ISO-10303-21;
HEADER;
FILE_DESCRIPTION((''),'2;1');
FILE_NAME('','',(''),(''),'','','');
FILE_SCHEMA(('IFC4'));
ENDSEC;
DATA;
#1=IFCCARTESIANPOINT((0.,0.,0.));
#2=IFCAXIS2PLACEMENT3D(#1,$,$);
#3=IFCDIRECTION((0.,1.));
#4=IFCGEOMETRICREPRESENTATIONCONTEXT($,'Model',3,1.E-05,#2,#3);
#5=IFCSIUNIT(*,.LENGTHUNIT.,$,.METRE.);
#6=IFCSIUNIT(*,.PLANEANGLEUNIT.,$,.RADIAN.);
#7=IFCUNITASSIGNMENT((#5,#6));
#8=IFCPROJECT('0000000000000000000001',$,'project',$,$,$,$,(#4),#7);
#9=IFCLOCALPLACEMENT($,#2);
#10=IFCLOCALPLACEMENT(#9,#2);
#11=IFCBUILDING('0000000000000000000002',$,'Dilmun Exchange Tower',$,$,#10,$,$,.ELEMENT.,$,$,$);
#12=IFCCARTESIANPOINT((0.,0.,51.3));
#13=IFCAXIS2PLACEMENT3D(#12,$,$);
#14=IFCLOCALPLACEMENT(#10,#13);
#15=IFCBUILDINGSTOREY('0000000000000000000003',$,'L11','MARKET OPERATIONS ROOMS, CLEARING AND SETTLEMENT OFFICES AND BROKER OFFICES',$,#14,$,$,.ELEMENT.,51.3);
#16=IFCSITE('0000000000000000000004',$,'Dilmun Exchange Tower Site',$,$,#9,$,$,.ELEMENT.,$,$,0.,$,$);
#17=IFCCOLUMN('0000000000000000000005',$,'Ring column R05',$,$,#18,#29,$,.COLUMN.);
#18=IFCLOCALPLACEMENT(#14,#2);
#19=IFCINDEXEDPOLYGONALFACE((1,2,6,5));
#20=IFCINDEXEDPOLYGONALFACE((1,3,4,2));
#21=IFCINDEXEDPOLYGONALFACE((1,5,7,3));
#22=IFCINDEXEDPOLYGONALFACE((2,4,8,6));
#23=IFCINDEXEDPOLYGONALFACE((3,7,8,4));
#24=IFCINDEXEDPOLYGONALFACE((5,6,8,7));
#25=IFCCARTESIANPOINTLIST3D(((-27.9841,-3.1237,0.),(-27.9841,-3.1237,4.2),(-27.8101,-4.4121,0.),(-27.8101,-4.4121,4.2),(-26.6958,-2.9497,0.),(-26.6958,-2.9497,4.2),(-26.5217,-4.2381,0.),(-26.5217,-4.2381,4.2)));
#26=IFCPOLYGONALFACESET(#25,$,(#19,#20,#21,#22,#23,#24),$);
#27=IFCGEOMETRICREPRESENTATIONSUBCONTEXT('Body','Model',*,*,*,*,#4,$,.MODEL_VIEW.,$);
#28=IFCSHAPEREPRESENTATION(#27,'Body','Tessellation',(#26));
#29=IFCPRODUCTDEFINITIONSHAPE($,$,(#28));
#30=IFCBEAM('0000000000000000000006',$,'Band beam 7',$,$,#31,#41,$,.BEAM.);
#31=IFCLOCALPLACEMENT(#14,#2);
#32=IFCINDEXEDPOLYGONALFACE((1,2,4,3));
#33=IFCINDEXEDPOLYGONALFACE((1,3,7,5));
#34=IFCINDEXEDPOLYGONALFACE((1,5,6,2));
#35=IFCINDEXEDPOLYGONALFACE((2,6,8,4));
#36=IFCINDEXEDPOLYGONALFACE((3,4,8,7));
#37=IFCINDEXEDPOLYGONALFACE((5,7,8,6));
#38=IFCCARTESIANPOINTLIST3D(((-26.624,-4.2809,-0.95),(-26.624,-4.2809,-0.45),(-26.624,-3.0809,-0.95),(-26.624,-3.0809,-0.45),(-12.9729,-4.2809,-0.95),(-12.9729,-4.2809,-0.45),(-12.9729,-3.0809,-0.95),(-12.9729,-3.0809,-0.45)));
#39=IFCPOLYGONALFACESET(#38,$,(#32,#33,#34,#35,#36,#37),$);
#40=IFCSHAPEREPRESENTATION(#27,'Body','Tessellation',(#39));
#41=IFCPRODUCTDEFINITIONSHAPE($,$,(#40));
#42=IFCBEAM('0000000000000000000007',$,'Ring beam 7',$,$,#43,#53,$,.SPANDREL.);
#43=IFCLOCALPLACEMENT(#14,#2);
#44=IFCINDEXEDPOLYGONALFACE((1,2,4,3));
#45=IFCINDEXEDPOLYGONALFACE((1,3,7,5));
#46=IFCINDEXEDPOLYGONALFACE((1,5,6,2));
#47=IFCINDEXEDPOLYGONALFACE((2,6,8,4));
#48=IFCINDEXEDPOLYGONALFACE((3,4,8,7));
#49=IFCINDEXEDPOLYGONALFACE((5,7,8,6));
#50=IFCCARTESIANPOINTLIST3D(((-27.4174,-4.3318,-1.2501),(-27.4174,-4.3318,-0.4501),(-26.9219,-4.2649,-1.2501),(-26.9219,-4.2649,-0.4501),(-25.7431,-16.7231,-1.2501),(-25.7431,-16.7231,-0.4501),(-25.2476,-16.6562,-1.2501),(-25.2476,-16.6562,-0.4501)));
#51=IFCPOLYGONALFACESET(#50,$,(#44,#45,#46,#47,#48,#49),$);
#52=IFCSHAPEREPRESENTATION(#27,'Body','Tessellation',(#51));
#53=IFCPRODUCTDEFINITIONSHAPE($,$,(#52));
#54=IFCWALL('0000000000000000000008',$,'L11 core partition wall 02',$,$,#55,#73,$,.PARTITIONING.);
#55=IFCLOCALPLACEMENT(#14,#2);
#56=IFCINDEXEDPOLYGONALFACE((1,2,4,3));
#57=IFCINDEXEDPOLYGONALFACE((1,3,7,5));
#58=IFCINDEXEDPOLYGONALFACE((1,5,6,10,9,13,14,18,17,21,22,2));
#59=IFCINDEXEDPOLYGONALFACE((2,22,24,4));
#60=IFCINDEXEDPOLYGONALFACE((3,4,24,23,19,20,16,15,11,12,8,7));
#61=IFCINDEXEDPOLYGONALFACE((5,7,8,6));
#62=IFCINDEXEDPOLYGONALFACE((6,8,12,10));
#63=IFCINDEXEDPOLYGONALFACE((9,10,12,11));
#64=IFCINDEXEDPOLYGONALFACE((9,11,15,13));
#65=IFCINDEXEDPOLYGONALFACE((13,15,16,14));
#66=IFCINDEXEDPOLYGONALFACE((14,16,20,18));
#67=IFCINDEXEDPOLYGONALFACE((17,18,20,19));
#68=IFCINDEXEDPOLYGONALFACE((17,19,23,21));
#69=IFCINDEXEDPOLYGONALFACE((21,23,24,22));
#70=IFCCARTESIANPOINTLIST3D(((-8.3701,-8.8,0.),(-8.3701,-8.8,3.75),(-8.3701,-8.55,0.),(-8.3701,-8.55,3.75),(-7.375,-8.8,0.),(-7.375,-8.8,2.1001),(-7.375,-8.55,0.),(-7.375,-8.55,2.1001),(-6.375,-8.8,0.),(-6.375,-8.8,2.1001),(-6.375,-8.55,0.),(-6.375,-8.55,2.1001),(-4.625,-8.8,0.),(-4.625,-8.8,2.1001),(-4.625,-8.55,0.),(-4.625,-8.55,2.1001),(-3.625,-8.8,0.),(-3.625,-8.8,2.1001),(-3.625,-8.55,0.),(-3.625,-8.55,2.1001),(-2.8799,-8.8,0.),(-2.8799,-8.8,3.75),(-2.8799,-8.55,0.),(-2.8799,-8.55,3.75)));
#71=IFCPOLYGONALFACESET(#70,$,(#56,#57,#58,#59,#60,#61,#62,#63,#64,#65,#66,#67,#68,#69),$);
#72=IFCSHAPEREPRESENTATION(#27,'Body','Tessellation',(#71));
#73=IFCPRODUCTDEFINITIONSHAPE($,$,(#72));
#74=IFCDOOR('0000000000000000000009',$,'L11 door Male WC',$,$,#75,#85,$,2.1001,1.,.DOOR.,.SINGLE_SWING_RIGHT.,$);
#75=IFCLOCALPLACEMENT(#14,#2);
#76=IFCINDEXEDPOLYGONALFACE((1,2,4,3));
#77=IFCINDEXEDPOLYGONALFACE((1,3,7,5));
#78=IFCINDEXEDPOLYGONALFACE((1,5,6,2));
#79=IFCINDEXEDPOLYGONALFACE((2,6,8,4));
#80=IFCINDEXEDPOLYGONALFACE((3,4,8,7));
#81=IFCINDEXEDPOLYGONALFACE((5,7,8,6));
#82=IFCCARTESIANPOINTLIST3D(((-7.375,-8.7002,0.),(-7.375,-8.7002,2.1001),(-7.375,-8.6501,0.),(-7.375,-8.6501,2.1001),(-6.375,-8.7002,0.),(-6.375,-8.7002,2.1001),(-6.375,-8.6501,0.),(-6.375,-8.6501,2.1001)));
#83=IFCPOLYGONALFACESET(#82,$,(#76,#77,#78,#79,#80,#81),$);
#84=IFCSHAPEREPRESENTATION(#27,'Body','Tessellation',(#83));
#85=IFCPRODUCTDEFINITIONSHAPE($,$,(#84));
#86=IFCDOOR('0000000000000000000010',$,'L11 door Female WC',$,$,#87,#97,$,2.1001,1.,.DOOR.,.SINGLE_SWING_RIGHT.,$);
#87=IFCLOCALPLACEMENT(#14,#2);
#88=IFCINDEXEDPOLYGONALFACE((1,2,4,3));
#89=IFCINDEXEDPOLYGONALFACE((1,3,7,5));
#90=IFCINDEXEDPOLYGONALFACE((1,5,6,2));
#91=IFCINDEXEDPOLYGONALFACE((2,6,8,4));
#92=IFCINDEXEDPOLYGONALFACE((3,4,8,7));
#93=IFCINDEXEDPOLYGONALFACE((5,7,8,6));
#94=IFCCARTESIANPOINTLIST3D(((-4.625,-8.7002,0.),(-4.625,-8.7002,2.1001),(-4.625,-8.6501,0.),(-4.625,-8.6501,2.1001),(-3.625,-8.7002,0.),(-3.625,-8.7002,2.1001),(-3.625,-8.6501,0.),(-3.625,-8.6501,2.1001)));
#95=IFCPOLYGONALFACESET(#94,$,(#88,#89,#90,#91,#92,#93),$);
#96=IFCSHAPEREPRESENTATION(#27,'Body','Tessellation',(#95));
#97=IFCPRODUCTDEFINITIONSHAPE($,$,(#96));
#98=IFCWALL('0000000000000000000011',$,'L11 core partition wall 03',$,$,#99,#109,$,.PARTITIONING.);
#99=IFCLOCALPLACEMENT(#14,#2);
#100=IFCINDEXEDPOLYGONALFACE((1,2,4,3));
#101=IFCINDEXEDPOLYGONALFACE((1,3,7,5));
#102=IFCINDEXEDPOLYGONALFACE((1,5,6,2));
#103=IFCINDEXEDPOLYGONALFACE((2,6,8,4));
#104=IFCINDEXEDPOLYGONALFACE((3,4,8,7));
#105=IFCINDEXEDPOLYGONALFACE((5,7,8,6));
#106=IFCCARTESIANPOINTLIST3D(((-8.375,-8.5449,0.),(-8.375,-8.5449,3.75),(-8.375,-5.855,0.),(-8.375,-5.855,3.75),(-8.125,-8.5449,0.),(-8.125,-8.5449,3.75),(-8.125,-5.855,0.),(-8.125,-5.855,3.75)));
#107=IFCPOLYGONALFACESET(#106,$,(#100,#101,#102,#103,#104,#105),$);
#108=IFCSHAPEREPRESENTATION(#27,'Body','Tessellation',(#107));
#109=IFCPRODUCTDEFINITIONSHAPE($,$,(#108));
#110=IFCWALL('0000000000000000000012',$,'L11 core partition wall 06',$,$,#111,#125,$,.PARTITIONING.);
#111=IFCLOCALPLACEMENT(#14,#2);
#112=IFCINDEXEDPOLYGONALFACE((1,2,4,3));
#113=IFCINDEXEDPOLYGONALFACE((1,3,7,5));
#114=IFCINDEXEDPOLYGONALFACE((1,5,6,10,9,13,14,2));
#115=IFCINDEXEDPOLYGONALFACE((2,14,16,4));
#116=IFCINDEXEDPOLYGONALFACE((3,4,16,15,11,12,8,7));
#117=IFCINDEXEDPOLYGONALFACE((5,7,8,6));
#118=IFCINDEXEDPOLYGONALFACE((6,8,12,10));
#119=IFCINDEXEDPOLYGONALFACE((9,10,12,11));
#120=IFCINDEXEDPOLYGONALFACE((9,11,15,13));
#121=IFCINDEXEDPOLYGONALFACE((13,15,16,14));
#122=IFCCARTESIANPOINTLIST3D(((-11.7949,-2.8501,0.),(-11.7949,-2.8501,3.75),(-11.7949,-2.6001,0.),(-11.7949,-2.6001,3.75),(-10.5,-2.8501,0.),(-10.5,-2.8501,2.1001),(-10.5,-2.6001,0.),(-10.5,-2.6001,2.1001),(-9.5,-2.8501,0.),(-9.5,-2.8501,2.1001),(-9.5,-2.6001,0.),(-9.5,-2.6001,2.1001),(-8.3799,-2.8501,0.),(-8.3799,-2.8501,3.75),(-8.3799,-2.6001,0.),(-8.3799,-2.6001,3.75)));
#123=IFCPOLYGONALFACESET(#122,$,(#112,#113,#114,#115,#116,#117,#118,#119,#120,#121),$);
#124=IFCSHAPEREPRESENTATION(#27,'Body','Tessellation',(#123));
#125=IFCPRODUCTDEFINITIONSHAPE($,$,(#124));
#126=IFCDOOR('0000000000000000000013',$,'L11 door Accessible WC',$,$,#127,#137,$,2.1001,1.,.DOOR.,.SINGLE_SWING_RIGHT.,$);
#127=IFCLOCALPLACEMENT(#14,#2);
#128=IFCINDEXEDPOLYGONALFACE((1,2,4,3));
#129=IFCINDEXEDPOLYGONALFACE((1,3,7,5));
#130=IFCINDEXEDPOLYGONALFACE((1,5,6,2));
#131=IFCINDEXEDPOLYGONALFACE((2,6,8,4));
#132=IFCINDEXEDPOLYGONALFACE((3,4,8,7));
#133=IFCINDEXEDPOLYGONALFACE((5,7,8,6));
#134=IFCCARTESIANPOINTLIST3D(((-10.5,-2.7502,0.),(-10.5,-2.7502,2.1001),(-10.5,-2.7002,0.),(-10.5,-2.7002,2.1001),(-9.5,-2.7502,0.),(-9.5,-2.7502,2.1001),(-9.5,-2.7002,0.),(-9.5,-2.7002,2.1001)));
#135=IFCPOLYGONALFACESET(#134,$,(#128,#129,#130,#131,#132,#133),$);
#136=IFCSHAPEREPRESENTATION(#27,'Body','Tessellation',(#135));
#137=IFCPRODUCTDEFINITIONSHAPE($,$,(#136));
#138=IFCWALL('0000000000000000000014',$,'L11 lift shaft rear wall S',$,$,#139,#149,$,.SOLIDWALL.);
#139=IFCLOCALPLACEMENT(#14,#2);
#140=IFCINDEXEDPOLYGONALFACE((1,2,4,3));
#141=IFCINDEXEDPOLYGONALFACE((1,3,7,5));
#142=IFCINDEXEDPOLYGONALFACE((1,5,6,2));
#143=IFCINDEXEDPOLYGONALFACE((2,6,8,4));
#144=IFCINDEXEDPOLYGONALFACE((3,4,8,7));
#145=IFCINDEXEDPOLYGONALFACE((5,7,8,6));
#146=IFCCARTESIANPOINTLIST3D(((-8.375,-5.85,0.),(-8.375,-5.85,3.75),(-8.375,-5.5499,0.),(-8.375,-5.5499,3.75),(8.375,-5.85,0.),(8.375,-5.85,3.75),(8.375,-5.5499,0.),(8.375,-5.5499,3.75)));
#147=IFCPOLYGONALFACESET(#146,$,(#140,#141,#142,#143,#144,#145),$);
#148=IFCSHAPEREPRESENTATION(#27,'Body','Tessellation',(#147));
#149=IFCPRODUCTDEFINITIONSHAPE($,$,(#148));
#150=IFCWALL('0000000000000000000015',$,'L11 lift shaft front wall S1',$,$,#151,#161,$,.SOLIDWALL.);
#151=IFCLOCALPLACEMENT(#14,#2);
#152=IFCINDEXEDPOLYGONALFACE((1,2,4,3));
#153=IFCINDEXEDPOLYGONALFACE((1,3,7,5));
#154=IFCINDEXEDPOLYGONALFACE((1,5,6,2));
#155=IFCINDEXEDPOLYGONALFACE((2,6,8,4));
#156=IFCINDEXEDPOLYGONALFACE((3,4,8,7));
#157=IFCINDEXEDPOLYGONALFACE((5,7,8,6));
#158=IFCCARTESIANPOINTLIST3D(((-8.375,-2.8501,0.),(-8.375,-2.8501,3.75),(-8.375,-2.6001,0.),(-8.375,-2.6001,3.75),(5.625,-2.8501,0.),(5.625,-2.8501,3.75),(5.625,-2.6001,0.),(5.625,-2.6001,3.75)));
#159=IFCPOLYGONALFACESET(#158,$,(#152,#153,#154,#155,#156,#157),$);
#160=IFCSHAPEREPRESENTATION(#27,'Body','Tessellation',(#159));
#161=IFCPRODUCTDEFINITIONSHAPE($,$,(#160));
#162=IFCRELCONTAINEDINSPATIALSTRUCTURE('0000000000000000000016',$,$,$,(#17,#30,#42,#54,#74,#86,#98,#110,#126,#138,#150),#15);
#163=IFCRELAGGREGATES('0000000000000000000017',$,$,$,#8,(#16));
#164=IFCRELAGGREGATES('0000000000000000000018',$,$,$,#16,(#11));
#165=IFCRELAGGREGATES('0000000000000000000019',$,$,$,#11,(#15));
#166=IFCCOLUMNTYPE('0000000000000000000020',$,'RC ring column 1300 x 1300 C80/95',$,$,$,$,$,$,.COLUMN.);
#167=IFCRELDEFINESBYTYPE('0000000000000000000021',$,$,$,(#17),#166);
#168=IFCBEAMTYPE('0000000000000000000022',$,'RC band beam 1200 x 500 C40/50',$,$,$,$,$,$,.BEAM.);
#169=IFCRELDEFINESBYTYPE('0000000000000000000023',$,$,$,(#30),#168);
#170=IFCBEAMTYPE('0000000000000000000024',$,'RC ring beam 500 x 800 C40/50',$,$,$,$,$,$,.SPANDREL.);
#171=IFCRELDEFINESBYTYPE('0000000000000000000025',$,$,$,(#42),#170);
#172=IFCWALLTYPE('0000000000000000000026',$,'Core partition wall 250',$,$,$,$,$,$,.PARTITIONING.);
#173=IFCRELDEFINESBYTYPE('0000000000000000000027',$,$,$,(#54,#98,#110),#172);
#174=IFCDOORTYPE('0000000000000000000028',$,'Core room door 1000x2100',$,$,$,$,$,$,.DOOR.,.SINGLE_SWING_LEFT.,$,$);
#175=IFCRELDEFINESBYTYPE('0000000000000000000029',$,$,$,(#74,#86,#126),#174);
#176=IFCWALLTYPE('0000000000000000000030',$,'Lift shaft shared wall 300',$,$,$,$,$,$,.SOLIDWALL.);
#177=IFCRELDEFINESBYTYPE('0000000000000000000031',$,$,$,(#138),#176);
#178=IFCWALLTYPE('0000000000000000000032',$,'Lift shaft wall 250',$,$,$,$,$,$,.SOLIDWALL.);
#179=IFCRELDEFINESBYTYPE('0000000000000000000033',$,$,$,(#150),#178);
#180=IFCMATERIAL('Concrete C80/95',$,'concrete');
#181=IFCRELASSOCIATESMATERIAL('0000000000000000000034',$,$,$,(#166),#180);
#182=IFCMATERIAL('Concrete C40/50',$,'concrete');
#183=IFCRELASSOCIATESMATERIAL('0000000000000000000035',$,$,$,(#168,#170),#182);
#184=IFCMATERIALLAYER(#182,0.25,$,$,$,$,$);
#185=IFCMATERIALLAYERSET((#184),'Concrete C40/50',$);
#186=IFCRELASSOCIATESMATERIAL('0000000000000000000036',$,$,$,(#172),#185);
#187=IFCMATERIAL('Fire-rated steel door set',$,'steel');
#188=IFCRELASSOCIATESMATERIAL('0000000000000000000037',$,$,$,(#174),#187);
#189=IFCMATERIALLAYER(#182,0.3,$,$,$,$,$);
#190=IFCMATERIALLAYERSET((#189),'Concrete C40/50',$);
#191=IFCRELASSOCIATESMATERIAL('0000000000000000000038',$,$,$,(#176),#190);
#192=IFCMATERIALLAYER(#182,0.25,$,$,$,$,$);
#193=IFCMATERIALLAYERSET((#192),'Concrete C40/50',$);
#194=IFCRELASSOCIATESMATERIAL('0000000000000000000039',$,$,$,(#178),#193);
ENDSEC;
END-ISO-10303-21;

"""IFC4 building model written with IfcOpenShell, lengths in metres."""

from ifc_helpers import new_model, si_unit, direction, frame, frame_2d, origin, origin_2d, place, context, subcontext, project, spatial, rectangle, extrude, material, layer, layer_set, material_profile, profile_set, type_object, element, fill, save


model = new_model("IFC4")

# Units and contexts
model_context = context("Model", 3, precision=1e-05, world=origin(), true_north=direction((0.0, 1.0)))
body_context = subcontext(model_context, "Body", "Model", "MODEL_VIEW")
ifc_project = project(units=[si_unit("LENGTHUNIT", "METRE"), si_unit("PLANEANGLEUNIT", "RADIAN")], contexts=[model_context])

# Site, building, storey
site_placement = place(None, origin())
site = spatial("IfcSite", under=ifc_project, at=site_placement, Name="Dilmun Exchange Tower Site", CompositionType="ELEMENT", RefElevation=0.0)
building_placement = place(site_placement, origin())
building = spatial("IfcBuilding", under=site, at=building_placement, Name="Dilmun Exchange Tower", CompositionType="ELEMENT")
storey_placement = place(building_placement, frame((0.0, 0.0, 51.3)))
storey = spatial("IfcBuildingStorey", under=building, at=storey_placement, Name="L11", Description="MARKET OPERATIONS ROOMS, CLEARING AND SETTLEMENT OFFICES AND BROKER OFFICES", CompositionType="ELEMENT", Elevation=51.3)

# Column
ifc_material_1 = material(Name="Concrete C80/95", Category="concrete")
ifc_material_profile_1 = material_profile(ifc_material_1, rectangle(XDim=1.3, YDim=1.3, at=origin_2d()), Name="1300 x 1300")
ifc_profile_set_1 = profile_set([ifc_material_profile_1], Name="Concrete C80/95")
column_type = type_object("IfcColumnType", Name="RC ring column 1300 x 1300 C80/95", PredefinedType="COLUMN", material=ifc_profile_set_1)
column_placement = place(storey_placement, frame((-27.2529, -3.6809, 0.0), z_axis=(0.0, 0.0, 1.0), x_axis=(0.991001, 0.133853, 0.0)))
element("IfcColumn", 1, at=column_placement, inside=storey, type_object=column_type, Name="Ring column R05", PredefinedType="COLUMN", context=body_context, shape_type="SweptSolid", body=[
    extrude(rectangle(XDim=1.3, YDim=1.3, at=origin_2d()), origin(), (0.0, 0.0, 1.0), 4.2),
])

# Beams
ifc_material_2 = material(Name="Concrete C40/50", Category="concrete")
ifc_material_profile_2 = material_profile(ifc_material_2, rectangle(XDim=1.2, YDim=0.5, at=origin_2d()), Name="1200 x 500")
ifc_profile_set_2 = profile_set([ifc_material_profile_2], Name="Concrete C40/50")
beam_type_1 = type_object("IfcBeamType", Name="RC band beam 1200 x 500 C40/50", PredefinedType="BEAM", material=ifc_profile_set_2)
beam_1_placement = place(storey_placement, frame((-26.624, -3.6809, -0.7), z_axis=(1.0, 0.0, 0.0), x_axis=(0.0, 1.0, 0.0)))
element("IfcBeam", 2, at=beam_1_placement, inside=storey, type_object=beam_type_1, Name="Band beam 7", PredefinedType="BEAM", context=body_context, shape_type="SweptSolid", body=[
    extrude(rectangle(XDim=1.2, YDim=0.5, at=origin_2d()), origin(), (0.0, 0.0, 1.0), 13.6511),
])
ifc_material_profile_3 = material_profile(ifc_material_2, rectangle(XDim=0.5, YDim=0.8, at=origin_2d()), Name="500 x 800")
ifc_profile_set_3 = profile_set([ifc_material_profile_3], Name="Concrete C40/50")
beam_type_2 = type_object("IfcBeamType", Name="RC ring beam 500 x 800 C40/50", PredefinedType="SPANDREL", material=ifc_profile_set_3)
beam_2_placement = place(storey_placement, frame((-27.1697, -4.2983, -0.8501), z_axis=(0.133903, -0.990994, 0.0), x_axis=(0.990994, 0.133903, 0.0)))
element("IfcBeam", 3, at=beam_2_placement, inside=storey, type_object=beam_type_2, Name="Ring beam 7", PredefinedType="SPANDREL", context=body_context, shape_type="SweptSolid", body=[
    extrude(rectangle(XDim=0.5, YDim=0.8, at=origin_2d()), origin(), (0.0, 0.0, 1.0), 12.5039),
])

# Wall, openings, doors
ifc_layer_1 = layer(ifc_material_2, 0.25)
ifc_layer_set_1 = layer_set([ifc_layer_1], Name="Concrete C40/50")
wall_type_1 = type_object("IfcWallType", Name="Core partition wall 250", PredefinedType="PARTITIONING", material=ifc_layer_set_1)
wall_1_placement = place(storey_placement, frame((-8.3701, -8.675, 0.0), z_axis=(0.0, 0.0, 1.0), x_axis=(1.0, 0.0, 0.0)))
wall_1 = element("IfcWall", 4, at=wall_1_placement, inside=storey, type_object=wall_type_1, Name="L11 core partition wall 02", PredefinedType="PARTITIONING", context=body_context, shape_type="SweptSolid", body=[
    extrude(rectangle(XDim=5.4902, YDim=0.25, at=frame_2d((2.7451, 0.0))), origin(), (0.0, 0.0, 1.0), 3.75),
])
opening_1_placement = place(wall_1_placement, frame((0.9951, 0.0, 0.0)))
opening_1 = element("IfcOpeningElement", 5, at=opening_1_placement, cuts=wall_1, PredefinedType="OPENING", context=body_context, shape_type="SweptSolid", body=[
    extrude(rectangle(XDim=1.0, YDim=2.1001, at=frame_2d((0.5, 1.05))), frame((0.0, 0.135, 0.0), z_axis=(0.0, -1.0, 0.0), x_axis=(1.0, 0.0, 0.0)), (0.0, 0.0, 1.0), 0.27),
])
opening_2_placement = place(wall_1_placement, frame((3.7451, 0.0, 0.0)))
opening_2 = element("IfcOpeningElement", 6, at=opening_2_placement, cuts=wall_1, PredefinedType="OPENING", context=body_context, shape_type="SweptSolid", body=[
    extrude(rectangle(XDim=1.0, YDim=2.1001, at=frame_2d((0.5, 1.05))), frame((0.0, 0.135, 0.0), z_axis=(0.0, -1.0, 0.0), x_axis=(1.0, 0.0, 0.0)), (0.0, 0.0, 1.0), 0.27),
])
ifc_material_3 = material(Name="Fire-rated steel door set", Category="steel")
door_type = type_object("IfcDoorType", Name="Core room door 1000x2100", OperationType="SINGLE_SWING_LEFT", PredefinedType="DOOR", material=ifc_material_3)
door_1_placement = place(opening_1_placement, origin())
door_1 = element("IfcDoor", 7, at=door_1_placement, inside=storey, type_object=door_type, Name="L11 door Male WC", OperationType="SINGLE_SWING_RIGHT", OverallHeight=2.1001, OverallWidth=1.0, PredefinedType="DOOR", context=body_context, shape_type="SweptSolid", body=[
    extrude(rectangle(XDim=1.0, YDim=2.1001, at=frame_2d((0.5, 1.05))), frame((0.0, 0.0249, 0.0), z_axis=(0.0, -1.0, 0.0), x_axis=(1.0, 0.0, 0.0)), (0.0, 0.0, 1.0), 0.05),
])
fill(opening_1, door_1)
door_2_placement = place(opening_2_placement, origin())
door_2 = element("IfcDoor", 8, at=door_2_placement, inside=storey, type_object=door_type, Name="L11 door Female WC", OperationType="SINGLE_SWING_RIGHT", OverallHeight=2.1001, OverallWidth=1.0, PredefinedType="DOOR", context=body_context, shape_type="SweptSolid", body=[
    extrude(rectangle(XDim=1.0, YDim=2.1001, at=frame_2d((0.5, 1.05))), frame((0.0, 0.0249, 0.0), z_axis=(0.0, -1.0, 0.0), x_axis=(1.0, 0.0, 0.0)), (0.0, 0.0, 1.0), 0.05),
])
fill(opening_2, door_2)

# Wall
wall_2_placement = place(storey_placement, frame((-8.25, -8.5449, 0.0), z_axis=(0.0, 0.0, 1.0), x_axis=(0.0, 1.0, 0.0)))
element("IfcWall", 9, at=wall_2_placement, inside=storey, type_object=wall_type_1, Name="L11 core partition wall 03", PredefinedType="PARTITIONING", context=body_context, shape_type="SweptSolid", body=[
    extrude(rectangle(XDim=2.6899, YDim=0.25, at=frame_2d((1.345, 0.0))), origin(), (0.0, 0.0, 1.0), 3.75),
])

# Wall, opening, door
wall_3_placement = place(storey_placement, frame((-11.7949, -2.7251, 0.0), z_axis=(0.0, 0.0, 1.0), x_axis=(1.0, 0.0, 0.0)))
wall_3 = element("IfcWall", 10, at=wall_3_placement, inside=storey, type_object=wall_type_1, Name="L11 core partition wall 06", PredefinedType="PARTITIONING", context=body_context, shape_type="SweptSolid", body=[
    extrude(rectangle(XDim=3.415, YDim=0.25, at=frame_2d((1.7075, 0.0))), origin(), (0.0, 0.0, 1.0), 3.75),
])
opening_3_placement = place(wall_3_placement, frame((1.2949, 0.0, 0.0)))
opening_3 = element("IfcOpeningElement", 11, at=opening_3_placement, cuts=wall_3, PredefinedType="OPENING", context=body_context, shape_type="SweptSolid", body=[
    extrude(rectangle(XDim=1.0, YDim=2.1001, at=frame_2d((0.5, 1.05))), frame((0.0, 0.135, 0.0), z_axis=(0.0, -1.0, 0.0), x_axis=(1.0, 0.0, 0.0)), (0.0, 0.0, 1.0), 0.27),
])
door_3_placement = place(opening_3_placement, origin())
door_3 = element("IfcDoor", 12, at=door_3_placement, inside=storey, type_object=door_type, Name="L11 door Accessible WC", OperationType="SINGLE_SWING_RIGHT", OverallHeight=2.1001, OverallWidth=1.0, PredefinedType="DOOR", context=body_context, shape_type="SweptSolid", body=[
    extrude(rectangle(XDim=1.0, YDim=2.1001, at=frame_2d((0.5, 1.05))), frame((0.0, 0.0249, 0.0), z_axis=(0.0, -1.0, 0.0), x_axis=(1.0, 0.0, 0.0)), (0.0, 0.0, 1.0), 0.05),
])
fill(opening_3, door_3)

# Walls
ifc_layer_2 = layer(ifc_material_2, 0.3)
ifc_layer_set_2 = layer_set([ifc_layer_2], Name="Concrete C40/50")
wall_type_2 = type_object("IfcWallType", Name="Lift shaft shared wall 300", PredefinedType="SOLIDWALL", material=ifc_layer_set_2)
wall_4_placement = place(storey_placement, frame((-8.375, -5.7, 0.0), z_axis=(0.0, 0.0, 1.0), x_axis=(1.0, 0.0, 0.0)))
element("IfcWall", 13, at=wall_4_placement, inside=storey, type_object=wall_type_2, Name="L11 lift shaft rear wall S", PredefinedType="SOLIDWALL", context=body_context, shape_type="SweptSolid", body=[
    extrude(rectangle(XDim=16.75, YDim=0.3, at=frame_2d((8.375, 0.0))), origin(), (0.0, 0.0, 1.0), 3.75),
])
ifc_layer_3 = layer(ifc_material_2, 0.25)
ifc_layer_set_3 = layer_set([ifc_layer_3], Name="Concrete C40/50")
wall_type_3 = type_object("IfcWallType", Name="Lift shaft wall 250", PredefinedType="SOLIDWALL", material=ifc_layer_set_3)
wall_5_placement = place(storey_placement, frame((-8.375, -2.7251, 0.0), z_axis=(0.0, 0.0, 1.0), x_axis=(1.0, 0.0, 0.0)))
element("IfcWall", 14, at=wall_5_placement, inside=storey, type_object=wall_type_3, Name="L11 lift shaft front wall S1", PredefinedType="SOLIDWALL", context=body_context, shape_type="SweptSolid", body=[
    extrude(rectangle(XDim=14.0, YDim=0.25, at=frame_2d((7.0, 0.0))), origin(), (0.0, 0.0, 1.0), 3.75),
])

save(model, "model.ifc")
